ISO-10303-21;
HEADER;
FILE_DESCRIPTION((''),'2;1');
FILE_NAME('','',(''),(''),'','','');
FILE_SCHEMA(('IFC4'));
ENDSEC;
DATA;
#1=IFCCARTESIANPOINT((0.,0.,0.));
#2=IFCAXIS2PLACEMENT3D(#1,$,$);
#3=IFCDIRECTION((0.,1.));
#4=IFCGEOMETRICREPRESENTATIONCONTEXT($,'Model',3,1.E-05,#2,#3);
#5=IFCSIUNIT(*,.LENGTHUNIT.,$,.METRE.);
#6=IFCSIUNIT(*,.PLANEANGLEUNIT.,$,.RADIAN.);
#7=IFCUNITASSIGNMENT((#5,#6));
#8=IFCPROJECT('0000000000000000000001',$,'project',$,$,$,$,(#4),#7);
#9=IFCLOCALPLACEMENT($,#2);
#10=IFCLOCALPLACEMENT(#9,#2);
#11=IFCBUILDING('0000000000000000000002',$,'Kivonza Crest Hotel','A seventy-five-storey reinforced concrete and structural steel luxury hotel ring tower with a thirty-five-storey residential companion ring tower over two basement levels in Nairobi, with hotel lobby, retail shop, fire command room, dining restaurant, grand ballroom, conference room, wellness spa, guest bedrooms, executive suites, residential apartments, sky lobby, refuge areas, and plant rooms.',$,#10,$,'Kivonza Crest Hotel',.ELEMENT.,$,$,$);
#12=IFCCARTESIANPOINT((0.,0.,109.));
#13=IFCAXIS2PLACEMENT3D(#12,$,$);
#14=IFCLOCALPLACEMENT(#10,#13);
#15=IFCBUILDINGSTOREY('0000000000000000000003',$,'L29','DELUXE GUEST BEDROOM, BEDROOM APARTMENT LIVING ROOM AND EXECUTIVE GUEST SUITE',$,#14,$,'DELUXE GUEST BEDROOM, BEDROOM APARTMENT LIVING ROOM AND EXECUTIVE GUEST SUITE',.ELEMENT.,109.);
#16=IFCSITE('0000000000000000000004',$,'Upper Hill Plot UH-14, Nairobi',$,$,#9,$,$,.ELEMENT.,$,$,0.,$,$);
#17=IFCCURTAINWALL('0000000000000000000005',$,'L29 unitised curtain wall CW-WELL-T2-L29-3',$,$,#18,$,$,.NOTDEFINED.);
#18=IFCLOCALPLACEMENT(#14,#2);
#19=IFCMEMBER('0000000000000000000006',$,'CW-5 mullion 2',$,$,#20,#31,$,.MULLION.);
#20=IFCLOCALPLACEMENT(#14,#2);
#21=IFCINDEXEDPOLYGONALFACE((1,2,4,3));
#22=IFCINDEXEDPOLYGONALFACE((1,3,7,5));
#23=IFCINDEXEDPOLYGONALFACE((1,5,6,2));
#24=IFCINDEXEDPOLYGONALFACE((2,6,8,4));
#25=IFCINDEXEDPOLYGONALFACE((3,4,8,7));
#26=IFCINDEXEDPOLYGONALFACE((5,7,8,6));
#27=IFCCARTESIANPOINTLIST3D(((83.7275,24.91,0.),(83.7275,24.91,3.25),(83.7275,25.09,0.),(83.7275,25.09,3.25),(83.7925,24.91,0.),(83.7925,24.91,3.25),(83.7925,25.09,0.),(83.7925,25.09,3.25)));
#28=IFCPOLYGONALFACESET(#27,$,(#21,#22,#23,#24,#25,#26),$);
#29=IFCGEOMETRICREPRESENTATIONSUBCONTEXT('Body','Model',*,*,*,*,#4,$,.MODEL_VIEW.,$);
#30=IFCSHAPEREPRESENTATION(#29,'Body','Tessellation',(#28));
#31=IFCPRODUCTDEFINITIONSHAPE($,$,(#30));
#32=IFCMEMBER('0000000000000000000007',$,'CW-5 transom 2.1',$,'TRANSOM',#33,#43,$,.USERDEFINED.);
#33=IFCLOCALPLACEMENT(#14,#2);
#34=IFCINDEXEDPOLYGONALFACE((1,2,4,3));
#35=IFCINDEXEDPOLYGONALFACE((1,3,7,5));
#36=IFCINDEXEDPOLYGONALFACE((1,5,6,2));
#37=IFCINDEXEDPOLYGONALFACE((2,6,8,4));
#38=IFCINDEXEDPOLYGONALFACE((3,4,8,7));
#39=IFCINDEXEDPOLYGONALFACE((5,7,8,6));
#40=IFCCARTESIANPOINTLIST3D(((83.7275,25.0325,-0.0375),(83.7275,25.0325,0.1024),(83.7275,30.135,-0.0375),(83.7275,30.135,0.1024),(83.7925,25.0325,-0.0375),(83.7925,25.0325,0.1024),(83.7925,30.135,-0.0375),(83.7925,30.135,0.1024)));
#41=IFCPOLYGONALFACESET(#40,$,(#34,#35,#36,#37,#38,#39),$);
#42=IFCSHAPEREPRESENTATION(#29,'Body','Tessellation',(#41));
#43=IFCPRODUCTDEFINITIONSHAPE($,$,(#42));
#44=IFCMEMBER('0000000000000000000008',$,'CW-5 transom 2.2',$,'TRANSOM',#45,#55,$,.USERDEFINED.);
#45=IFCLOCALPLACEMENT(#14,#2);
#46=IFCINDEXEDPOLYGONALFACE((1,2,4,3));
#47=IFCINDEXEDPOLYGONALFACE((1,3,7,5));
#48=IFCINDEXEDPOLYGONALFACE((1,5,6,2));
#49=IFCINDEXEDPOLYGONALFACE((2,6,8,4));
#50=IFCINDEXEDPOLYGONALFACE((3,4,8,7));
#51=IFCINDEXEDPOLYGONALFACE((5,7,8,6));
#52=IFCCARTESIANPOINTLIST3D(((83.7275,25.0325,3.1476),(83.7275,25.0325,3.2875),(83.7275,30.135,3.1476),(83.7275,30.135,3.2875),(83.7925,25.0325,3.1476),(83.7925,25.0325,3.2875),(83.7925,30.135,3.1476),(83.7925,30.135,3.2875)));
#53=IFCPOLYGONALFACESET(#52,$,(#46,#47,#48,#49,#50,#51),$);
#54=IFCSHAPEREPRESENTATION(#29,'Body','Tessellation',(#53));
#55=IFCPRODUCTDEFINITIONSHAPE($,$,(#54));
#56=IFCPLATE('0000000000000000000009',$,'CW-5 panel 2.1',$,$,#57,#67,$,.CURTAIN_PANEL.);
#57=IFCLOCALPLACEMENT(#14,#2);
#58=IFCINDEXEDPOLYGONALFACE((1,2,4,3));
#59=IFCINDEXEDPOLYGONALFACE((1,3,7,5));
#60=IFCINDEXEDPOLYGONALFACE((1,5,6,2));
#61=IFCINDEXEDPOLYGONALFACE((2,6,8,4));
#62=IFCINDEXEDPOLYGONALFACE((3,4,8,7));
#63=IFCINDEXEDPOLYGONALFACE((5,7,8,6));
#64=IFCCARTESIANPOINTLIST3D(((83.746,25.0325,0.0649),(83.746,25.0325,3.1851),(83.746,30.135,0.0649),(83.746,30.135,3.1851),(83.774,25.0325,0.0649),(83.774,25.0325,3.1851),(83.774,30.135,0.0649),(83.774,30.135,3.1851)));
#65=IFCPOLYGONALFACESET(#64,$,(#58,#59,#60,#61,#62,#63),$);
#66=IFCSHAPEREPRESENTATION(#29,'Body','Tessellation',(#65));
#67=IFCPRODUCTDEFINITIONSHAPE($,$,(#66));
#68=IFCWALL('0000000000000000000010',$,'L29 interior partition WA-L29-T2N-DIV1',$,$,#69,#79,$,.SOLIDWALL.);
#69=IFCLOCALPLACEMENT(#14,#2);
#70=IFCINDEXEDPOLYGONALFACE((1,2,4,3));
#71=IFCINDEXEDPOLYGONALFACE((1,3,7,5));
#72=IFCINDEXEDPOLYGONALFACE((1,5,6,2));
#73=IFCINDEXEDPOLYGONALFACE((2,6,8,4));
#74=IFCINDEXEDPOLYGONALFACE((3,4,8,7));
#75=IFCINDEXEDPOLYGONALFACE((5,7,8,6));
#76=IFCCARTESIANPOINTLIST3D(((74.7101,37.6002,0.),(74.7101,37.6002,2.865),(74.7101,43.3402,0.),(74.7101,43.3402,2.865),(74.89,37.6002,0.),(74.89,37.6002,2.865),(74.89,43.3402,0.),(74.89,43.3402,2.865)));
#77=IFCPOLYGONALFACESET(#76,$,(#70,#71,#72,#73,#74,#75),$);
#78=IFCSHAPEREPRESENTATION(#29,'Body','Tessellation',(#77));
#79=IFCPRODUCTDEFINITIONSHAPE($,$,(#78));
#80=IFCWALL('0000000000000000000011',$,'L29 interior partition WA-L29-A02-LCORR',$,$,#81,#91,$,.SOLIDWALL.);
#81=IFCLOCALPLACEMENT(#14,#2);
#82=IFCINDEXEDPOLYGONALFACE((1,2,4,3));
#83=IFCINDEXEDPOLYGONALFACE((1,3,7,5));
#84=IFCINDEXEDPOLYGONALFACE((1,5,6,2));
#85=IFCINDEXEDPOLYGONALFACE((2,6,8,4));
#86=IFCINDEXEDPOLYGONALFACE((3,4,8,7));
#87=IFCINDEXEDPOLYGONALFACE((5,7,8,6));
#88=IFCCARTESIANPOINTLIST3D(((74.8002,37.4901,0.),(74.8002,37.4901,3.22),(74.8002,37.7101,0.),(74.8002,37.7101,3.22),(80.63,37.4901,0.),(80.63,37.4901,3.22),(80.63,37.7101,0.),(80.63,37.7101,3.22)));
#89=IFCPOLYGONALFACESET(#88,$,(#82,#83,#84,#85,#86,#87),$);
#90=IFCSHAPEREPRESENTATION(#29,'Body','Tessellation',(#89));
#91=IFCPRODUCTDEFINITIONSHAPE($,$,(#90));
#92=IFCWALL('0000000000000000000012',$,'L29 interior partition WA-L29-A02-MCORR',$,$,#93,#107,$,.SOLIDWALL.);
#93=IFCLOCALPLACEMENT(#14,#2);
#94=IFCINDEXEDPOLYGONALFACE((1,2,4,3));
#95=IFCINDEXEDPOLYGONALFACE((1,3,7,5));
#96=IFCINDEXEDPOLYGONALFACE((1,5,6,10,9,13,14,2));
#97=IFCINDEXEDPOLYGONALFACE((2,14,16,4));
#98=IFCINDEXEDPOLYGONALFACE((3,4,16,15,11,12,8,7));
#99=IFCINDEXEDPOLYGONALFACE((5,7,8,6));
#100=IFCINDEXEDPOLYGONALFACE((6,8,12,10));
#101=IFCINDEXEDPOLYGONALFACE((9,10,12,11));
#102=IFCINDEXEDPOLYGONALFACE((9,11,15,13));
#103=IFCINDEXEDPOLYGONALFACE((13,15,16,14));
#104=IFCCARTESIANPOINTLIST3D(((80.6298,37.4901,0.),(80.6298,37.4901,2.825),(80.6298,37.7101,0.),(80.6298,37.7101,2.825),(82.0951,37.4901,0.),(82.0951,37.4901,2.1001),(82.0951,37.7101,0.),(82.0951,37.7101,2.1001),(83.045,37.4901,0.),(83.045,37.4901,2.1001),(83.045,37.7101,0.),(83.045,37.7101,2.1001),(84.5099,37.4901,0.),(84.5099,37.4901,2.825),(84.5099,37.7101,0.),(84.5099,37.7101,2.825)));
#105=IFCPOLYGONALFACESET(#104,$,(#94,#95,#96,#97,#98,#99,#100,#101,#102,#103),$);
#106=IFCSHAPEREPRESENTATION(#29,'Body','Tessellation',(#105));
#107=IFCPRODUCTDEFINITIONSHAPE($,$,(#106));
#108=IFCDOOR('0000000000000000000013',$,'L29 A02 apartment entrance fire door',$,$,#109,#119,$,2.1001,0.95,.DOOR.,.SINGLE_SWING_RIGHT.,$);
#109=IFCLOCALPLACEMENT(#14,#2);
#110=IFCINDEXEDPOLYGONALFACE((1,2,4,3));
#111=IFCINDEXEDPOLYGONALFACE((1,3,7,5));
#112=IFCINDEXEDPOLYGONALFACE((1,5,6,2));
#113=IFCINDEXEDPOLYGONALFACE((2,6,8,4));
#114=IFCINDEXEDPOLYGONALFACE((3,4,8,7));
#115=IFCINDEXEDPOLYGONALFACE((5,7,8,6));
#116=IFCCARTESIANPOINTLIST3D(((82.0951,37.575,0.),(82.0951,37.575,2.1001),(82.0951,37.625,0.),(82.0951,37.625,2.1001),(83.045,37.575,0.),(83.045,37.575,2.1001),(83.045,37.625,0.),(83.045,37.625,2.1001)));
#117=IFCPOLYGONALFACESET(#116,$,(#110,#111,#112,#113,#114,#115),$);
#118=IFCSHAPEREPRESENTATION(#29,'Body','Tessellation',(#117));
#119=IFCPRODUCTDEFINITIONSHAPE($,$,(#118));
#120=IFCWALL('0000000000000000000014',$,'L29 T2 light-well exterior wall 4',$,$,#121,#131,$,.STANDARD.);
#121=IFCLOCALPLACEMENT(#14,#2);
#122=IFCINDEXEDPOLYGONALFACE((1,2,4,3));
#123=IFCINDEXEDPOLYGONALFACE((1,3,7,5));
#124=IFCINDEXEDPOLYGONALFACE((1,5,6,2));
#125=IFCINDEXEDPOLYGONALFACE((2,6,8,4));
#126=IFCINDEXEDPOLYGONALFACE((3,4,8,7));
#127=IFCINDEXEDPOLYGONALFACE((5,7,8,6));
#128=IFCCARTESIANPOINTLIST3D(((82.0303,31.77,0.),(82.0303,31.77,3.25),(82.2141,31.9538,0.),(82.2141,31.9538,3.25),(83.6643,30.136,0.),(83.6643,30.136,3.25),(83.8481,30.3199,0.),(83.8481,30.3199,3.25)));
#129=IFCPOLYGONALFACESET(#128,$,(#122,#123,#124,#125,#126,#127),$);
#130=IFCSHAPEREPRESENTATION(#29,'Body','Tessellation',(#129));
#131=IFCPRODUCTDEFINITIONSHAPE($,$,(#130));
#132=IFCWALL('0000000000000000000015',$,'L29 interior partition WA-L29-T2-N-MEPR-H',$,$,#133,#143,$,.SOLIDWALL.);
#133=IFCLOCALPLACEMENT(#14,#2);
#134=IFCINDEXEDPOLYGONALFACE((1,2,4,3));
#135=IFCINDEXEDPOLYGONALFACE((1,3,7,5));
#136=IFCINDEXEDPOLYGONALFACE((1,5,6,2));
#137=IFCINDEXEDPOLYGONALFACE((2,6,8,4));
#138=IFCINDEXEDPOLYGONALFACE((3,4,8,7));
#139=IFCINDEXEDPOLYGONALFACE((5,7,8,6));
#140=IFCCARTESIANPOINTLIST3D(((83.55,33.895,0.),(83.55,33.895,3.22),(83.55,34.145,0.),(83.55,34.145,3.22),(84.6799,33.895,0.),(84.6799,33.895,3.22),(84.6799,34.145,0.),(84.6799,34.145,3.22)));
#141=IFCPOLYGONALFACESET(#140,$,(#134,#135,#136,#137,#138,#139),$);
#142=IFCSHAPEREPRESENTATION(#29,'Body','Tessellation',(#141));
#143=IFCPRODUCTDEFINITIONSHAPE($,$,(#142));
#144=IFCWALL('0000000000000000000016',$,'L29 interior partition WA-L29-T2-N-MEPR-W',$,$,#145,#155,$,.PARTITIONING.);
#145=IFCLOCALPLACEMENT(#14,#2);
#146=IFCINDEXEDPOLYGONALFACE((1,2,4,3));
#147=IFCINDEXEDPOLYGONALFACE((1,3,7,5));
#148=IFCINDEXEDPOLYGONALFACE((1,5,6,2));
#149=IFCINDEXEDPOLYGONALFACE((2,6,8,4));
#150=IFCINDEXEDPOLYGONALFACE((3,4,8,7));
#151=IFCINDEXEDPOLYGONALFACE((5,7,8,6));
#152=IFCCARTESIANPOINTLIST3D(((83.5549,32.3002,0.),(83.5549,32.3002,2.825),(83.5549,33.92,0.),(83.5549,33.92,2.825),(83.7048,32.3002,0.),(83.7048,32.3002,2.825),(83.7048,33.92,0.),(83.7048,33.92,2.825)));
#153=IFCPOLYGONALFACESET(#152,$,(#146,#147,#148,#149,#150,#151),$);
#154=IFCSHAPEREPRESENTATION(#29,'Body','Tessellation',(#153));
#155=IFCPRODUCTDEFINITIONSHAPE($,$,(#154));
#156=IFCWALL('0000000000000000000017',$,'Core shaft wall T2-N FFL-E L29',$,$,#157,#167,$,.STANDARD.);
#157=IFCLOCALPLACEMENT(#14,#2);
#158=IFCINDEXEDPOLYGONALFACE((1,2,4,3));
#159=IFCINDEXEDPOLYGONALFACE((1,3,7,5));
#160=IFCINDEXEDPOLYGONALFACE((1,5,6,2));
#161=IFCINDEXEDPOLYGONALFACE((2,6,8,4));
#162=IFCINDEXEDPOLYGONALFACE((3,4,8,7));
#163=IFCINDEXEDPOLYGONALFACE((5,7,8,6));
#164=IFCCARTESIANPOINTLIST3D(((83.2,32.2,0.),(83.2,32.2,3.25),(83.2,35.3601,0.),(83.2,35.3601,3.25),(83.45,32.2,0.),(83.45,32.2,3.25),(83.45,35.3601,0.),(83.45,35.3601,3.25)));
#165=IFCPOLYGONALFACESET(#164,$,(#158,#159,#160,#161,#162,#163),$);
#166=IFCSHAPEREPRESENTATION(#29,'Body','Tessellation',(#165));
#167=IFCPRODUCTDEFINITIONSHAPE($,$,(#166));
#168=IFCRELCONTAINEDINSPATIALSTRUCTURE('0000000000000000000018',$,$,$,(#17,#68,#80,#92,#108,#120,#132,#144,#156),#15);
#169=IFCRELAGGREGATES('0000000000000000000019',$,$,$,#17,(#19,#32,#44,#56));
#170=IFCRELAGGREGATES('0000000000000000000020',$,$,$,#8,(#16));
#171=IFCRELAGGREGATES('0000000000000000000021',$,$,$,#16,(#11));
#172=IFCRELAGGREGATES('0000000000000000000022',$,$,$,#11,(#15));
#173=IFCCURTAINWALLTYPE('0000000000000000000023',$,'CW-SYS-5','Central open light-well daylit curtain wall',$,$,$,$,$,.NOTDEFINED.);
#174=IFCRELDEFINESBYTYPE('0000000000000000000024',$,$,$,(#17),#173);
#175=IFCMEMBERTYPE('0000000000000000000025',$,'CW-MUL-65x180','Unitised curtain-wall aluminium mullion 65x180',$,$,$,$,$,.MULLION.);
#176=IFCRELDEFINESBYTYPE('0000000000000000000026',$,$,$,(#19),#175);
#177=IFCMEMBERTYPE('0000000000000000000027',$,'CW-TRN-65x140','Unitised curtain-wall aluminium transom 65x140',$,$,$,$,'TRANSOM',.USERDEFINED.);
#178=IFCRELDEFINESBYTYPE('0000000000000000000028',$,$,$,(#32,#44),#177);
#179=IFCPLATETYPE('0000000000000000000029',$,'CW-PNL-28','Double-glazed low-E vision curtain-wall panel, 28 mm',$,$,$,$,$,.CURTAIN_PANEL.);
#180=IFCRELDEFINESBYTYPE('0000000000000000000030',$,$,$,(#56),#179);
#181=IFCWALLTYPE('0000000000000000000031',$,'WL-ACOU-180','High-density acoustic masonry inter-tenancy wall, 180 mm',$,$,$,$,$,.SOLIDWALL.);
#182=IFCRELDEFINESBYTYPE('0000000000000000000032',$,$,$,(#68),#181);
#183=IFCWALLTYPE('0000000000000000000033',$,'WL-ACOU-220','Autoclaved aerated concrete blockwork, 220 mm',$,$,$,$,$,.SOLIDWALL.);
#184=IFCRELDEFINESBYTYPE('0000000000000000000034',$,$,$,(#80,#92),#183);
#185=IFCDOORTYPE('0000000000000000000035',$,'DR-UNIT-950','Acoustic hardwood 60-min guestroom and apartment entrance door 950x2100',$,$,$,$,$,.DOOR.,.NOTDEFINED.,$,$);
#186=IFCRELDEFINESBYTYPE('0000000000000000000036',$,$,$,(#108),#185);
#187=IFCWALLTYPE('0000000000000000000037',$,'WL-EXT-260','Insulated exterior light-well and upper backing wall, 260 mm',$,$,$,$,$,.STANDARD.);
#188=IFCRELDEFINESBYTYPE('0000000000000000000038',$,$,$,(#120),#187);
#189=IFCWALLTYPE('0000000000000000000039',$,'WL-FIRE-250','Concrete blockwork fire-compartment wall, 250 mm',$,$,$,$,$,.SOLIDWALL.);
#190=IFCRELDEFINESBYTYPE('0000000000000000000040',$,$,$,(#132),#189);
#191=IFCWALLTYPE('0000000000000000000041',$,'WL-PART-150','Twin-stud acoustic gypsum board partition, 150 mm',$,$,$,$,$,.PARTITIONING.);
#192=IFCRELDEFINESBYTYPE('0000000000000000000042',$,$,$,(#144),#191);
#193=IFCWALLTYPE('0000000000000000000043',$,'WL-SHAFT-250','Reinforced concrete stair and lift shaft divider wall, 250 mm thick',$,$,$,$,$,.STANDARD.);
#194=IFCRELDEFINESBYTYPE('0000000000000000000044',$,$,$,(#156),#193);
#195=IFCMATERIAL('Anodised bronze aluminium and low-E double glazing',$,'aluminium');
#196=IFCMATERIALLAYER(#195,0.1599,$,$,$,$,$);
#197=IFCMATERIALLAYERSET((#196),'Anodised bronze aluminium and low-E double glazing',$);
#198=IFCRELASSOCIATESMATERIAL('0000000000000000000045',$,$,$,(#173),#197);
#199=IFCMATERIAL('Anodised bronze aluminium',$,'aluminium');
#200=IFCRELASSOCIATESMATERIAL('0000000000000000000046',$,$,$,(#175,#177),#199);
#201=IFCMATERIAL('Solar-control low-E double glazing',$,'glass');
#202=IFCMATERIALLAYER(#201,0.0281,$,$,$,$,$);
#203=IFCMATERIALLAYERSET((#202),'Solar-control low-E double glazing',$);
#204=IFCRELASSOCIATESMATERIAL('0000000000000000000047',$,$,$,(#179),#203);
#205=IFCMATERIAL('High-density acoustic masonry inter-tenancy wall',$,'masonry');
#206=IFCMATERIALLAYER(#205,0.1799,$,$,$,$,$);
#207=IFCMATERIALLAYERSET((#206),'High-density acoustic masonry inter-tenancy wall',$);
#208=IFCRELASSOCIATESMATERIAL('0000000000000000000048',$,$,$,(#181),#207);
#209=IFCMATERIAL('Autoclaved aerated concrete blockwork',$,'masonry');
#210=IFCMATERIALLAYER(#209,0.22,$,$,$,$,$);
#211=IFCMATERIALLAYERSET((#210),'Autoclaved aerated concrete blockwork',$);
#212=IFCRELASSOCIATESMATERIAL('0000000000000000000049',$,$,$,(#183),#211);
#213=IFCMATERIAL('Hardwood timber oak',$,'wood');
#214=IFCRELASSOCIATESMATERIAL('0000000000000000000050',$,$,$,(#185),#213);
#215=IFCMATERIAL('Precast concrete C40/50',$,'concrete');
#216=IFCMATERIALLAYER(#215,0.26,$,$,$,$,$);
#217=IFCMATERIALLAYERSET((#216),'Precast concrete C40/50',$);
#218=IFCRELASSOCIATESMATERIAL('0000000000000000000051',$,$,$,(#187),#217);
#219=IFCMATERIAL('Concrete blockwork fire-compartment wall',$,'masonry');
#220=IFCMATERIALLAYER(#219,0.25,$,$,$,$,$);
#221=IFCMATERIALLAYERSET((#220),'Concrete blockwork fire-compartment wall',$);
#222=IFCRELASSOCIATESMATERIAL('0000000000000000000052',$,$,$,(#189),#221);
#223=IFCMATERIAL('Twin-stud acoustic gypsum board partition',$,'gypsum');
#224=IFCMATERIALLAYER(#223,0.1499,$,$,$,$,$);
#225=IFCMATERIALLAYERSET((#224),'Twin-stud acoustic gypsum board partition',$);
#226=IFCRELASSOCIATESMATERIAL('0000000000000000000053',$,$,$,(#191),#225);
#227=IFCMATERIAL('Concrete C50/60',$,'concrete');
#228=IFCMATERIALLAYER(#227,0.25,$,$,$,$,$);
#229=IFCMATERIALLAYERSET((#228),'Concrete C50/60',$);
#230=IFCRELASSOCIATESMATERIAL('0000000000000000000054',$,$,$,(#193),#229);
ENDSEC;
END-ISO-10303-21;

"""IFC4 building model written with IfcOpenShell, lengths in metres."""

from ifc_helpers import new_model, si_unit, direction, frame, frame_2d, origin, origin_2d, place, context, subcontext, project, spatial, rectangle, extrude, material, layer, layer_set, material_profile, profile_set, type_object, element, fill, aggregate, save


model = new_model("IFC4")

# Units and contexts
model_context = context("Model", 3, precision=1e-05, world=origin(), true_north=direction((0.0, 1.0)))
body_context = subcontext(model_context, "Body", "Model", "MODEL_VIEW")
ifc_project = project(units=[si_unit("LENGTHUNIT", "METRE"), si_unit("PLANEANGLEUNIT", "RADIAN")], contexts=[model_context])

# Site, building, storey
site_placement = place(None, origin())
site = spatial("IfcSite", under=ifc_project, at=site_placement, Name="Upper Hill Plot UH-14, Nairobi", CompositionType="ELEMENT", RefElevation=0.0)
building_placement = place(site_placement, origin())
building = spatial("IfcBuilding", under=site, at=building_placement, Name="Kivonza Crest Hotel", Description="A seventy-five-storey reinforced concrete and structural steel luxury hotel ring tower with a thirty-five-storey residential companion ring tower over two basement levels in Nairobi, with hotel lobby, retail shop, fire command room, dining restaurant, grand ballroom, conference room, wellness spa, guest bedrooms, executive suites, residential apartments, sky lobby, refuge areas, and plant rooms.", LongName="Kivonza Crest Hotel", CompositionType="ELEMENT")
storey_placement = place(building_placement, frame((0.0, 0.0, 109.0)))
storey = spatial("IfcBuildingStorey", under=building, at=storey_placement, Name="L29", Description="DELUXE GUEST BEDROOM, BEDROOM APARTMENT LIVING ROOM AND EXECUTIVE GUEST SUITE", LongName="DELUXE GUEST BEDROOM, BEDROOM APARTMENT LIVING ROOM AND EXECUTIVE GUEST SUITE", CompositionType="ELEMENT", Elevation=109.0)

# Curtain wall, members, plate
ifc_material_1 = material(Name="Anodised bronze aluminium and low-E double glazing", Category="aluminium")
ifc_layer_1 = layer(ifc_material_1, 0.1599)
ifc_layer_set_1 = layer_set([ifc_layer_1], Name="Anodised bronze aluminium and low-E double glazing")
curtain_wall_type = type_object("IfcCurtainWallType", Name="CW-SYS-5", Description="Central open light-well daylit curtain wall", PredefinedType="NOTDEFINED", material=ifc_layer_set_1)
curtain_wall_placement = place(storey_placement, origin())
curtain_wall = element("IfcCurtainWall", 1, at=curtain_wall_placement, inside=storey, type_object=curtain_wall_type, Name="L29 unitised curtain wall CW-WELL-T2-L29-3", PredefinedType="NOTDEFINED")
ifc_material_2 = material(Name="Anodised bronze aluminium", Category="aluminium")
ifc_material_profile_1 = material_profile(ifc_material_2, rectangle(XDim=0.0649, YDim=0.1799, at=origin_2d()), Name="CW-M 65x180")
ifc_profile_set_1 = profile_set([ifc_material_profile_1], Name="Anodised bronze aluminium")
member_type_1 = type_object("IfcMemberType", Name="CW-MUL-65x180", Description="Unitised curtain-wall aluminium mullion 65x180", PredefinedType="MULLION", material=ifc_profile_set_1)
member_1_placement = place(storey_placement, frame((83.76, 25.0, 0.0), z_axis=(0.0, 0.0, 1.0), x_axis=(-1.0, 0.0, 0.0)))
member_1 = element("IfcMember", 2, at=member_1_placement, type_object=member_type_1, Name="CW-5 mullion 2", PredefinedType="MULLION", context=body_context, shape_type="SweptSolid", body=[
    extrude(rectangle(XDim=0.0649, YDim=0.1799, at=origin_2d()), origin(), (0.0, 0.0, 1.0), 3.25),
])
ifc_material_profile_2 = material_profile(ifc_material_2, rectangle(XDim=0.0649, YDim=0.1399, at=origin_2d()), Name="CW-T 65x140")
ifc_profile_set_2 = profile_set([ifc_material_profile_2], Name="Anodised bronze aluminium")
member_type_2 = type_object("IfcMemberType", Name="CW-TRN-65x140", Description="Unitised curtain-wall aluminium transom 65x140", ElementType="TRANSOM", PredefinedType="USERDEFINED", material=ifc_profile_set_2)
member_2_placement = place(storey_placement, frame((83.76, 25.0325, 0.0325), z_axis=(0.0, 1.0, 0.0), x_axis=(-1.0, 0.0, 0.0)))
member_2 = element("IfcMember", 3, at=member_2_placement, type_object=member_type_2, Name="CW-5 transom 2.1", ObjectType="TRANSOM", PredefinedType="USERDEFINED", context=body_context, shape_type="SweptSolid", body=[
    extrude(rectangle(XDim=0.0649, YDim=0.1399, at=origin_2d()), origin(), (0.0, 0.0, 1.0), 5.1025),
])
member_3_placement = place(storey_placement, frame((83.76, 25.0325, 3.2175), z_axis=(0.0, 1.0, 0.0), x_axis=(-1.0, 0.0, 0.0)))
member_3 = element("IfcMember", 4, at=member_3_placement, type_object=member_type_2, Name="CW-5 transom 2.2", ObjectType="TRANSOM", PredefinedType="USERDEFINED", context=body_context, shape_type="SweptSolid", body=[
    extrude(rectangle(XDim=0.0649, YDim=0.1399, at=origin_2d()), origin(), (0.0, 0.0, 1.0), 5.1025),
])
ifc_material_3 = material(Name="Solar-control low-E double glazing", Category="glass")
ifc_layer_2 = layer(ifc_material_3, 0.0281)
ifc_layer_set_2 = layer_set([ifc_layer_2], Name="Solar-control low-E double glazing")
plate_type = type_object("IfcPlateType", Name="CW-PNL-28", Description="Double-glazed low-E vision curtain-wall panel, 28 mm", PredefinedType="CURTAIN_PANEL", material=ifc_layer_set_2)
plate_placement = place(storey_placement, frame((83.76, 27.5837, 0.0649), z_axis=(0.0, 0.0, 1.0), x_axis=(0.0, 1.0, 0.0)))
plate = element("IfcPlate", 5, at=plate_placement, type_object=plate_type, Name="CW-5 panel 2.1", PredefinedType="CURTAIN_PANEL", context=body_context, shape_type="SweptSolid", body=[
    extrude(rectangle(XDim=5.1025, YDim=0.0281, at=origin_2d()), origin(), (0.0, 0.0, 1.0), 3.1201),
])
aggregate(curtain_wall, [member_1, member_2, member_3, plate])

# Walls
ifc_material_4 = material(Name="High-density acoustic masonry inter-tenancy wall", Category="masonry")
ifc_layer_3 = layer(ifc_material_4, 0.1799)
ifc_layer_set_3 = layer_set([ifc_layer_3], Name="High-density acoustic masonry inter-tenancy wall")
wall_type_1 = type_object("IfcWallType", Name="WL-ACOU-180", Description="High-density acoustic masonry inter-tenancy wall, 180 mm", PredefinedType="SOLIDWALL", material=ifc_layer_set_3)
wall_1_placement = place(storey_placement, frame((74.8, 37.6001, 0.0), z_axis=(0.0, 0.0, 1.0), x_axis=(0.0, 1.0, 0.0)))
element("IfcWall", 6, at=wall_1_placement, inside=storey, type_object=wall_type_1, Name="L29 interior partition WA-L29-T2N-DIV1", PredefinedType="SOLIDWALL", context=body_context, shape_type="SweptSolid", body=[
    extrude(rectangle(XDim=5.74, YDim=0.1799, at=frame_2d((2.8701, 0.0))), origin(), (0.0, 0.0, 1.0), 2.865),
])
ifc_material_5 = material(Name="Autoclaved aerated concrete blockwork", Category="masonry")
ifc_layer_4 = layer(ifc_material_5, 0.22)
ifc_layer_set_4 = layer_set([ifc_layer_4], Name="Autoclaved aerated concrete blockwork")
wall_type_2 = type_object("IfcWallType", Name="WL-ACOU-220", Description="Autoclaved aerated concrete blockwork, 220 mm", PredefinedType="SOLIDWALL", material=ifc_layer_set_4)
wall_2_placement = place(storey_placement, frame((74.8, 37.6001, 0.0), z_axis=(0.0, 0.0, 1.0), x_axis=(1.0, 0.0, 0.0)))
element("IfcWall", 7, at=wall_2_placement, inside=storey, type_object=wall_type_2, Name="L29 interior partition WA-L29-A02-LCORR", PredefinedType="SOLIDWALL", context=body_context, shape_type="SweptSolid", body=[
    extrude(rectangle(XDim=5.8298, YDim=0.22, at=frame_2d((2.915, 0.0))), origin(), (0.0, 0.0, 1.0), 3.22),
])

# Wall, opening, door
wall_3_placement = place(storey_placement, frame((80.6299, 37.6001, 0.0), z_axis=(0.0, 0.0, 1.0), x_axis=(1.0, 0.0, 0.0)))
wall_3 = element("IfcWall", 8, at=wall_3_placement, inside=storey, type_object=wall_type_2, Name="L29 interior partition WA-L29-A02-MCORR", PredefinedType="SOLIDWALL", context=body_context, shape_type="SweptSolid", body=[
    extrude(rectangle(XDim=3.8801, YDim=0.22, at=frame_2d((1.9399, 0.0))), origin(), (0.0, 0.0, 1.0), 2.825),
])
opening_1_placement = place(wall_3_placement, frame((1.4651, 0.0, 0.0)))
opening_1 = element("IfcOpeningElement", 9, at=opening_1_placement, cuts=wall_3, PredefinedType="OPENING", context=body_context, shape_type="SweptSolid", body=[
    extrude(rectangle(XDim=0.95, YDim=2.1001, at=frame_2d((0.4751, 1.05))), frame((0.0, 0.1201, 0.0), z_axis=(0.0, -1.0, 0.0), x_axis=(1.0, 0.0, 0.0)), (0.0, 0.0, 1.0), 0.24),
])
ifc_material_6 = material(Name="Hardwood timber oak", Category="wood")
door_type_1 = type_object("IfcDoorType", Name="DR-UNIT-950", Description="Acoustic hardwood 60-min guestroom and apartment entrance door 950x2100", OperationType="NOTDEFINED", PredefinedType="DOOR", material=ifc_material_6)
door_1_placement = place(opening_1_placement, origin())
door_1 = element("IfcDoor", 10, at=door_1_placement, inside=storey, type_object=door_type_1, Name="L29 A02 apartment entrance fire door", OperationType="SINGLE_SWING_RIGHT", OverallHeight=2.1001, OverallWidth=0.95, PredefinedType="DOOR", context=body_context, shape_type="SweptSolid", body=[
    extrude(rectangle(XDim=0.95, YDim=2.1001, at=frame_2d((0.4751, 1.05))), frame((0.0, 0.0249, 0.0), z_axis=(0.0, -1.0, 0.0), x_axis=(1.0, 0.0, 0.0)), (0.0, 0.0, 1.0), 0.05),
])
fill(opening_1, door_1)

# Walls
ifc_material_7 = material(Name="Precast concrete C40/50", Category="concrete")
ifc_layer_5 = layer(ifc_material_7, 0.26)
ifc_layer_set_5 = layer_set([ifc_layer_5], Name="Precast concrete C40/50")
wall_type_3 = type_object("IfcWallType", Name="WL-EXT-260", Description="Insulated exterior light-well and upper backing wall, 260 mm", PredefinedType="STANDARD", material=ifc_layer_set_5)
wall_4_placement = place(storey_placement, frame((83.7561, 30.228, 0.0), z_axis=(0.0, 0.0, 1.0), x_axis=(-0.707107, 0.707107, 0.0)))
element("IfcWall", 11, at=wall_4_placement, inside=storey, type_object=wall_type_3, Name="L29 T2 light-well exterior wall 4", PredefinedType="STANDARD", context=body_context, shape_type="SweptSolid", body=[
    extrude(rectangle(XDim=2.3108, YDim=0.26, at=frame_2d((1.1553, 0.0))), origin(), (0.0, 0.0, 1.0), 3.25),
])
ifc_material_8 = material(Name="Concrete blockwork fire-compartment wall", Category="masonry")
ifc_layer_6 = layer(ifc_material_8, 0.25)
ifc_layer_set_6 = layer_set([ifc_layer_6], Name="Concrete blockwork fire-compartment wall")
wall_type_4 = type_object("IfcWallType", Name="WL-FIRE-250", Description="Concrete blockwork fire-compartment wall, 250 mm", PredefinedType="SOLIDWALL", material=ifc_layer_set_6)
wall_5_placement = place(storey_placement, frame((83.55, 34.02, 0.0), z_axis=(0.0, 0.0, 1.0), x_axis=(1.0, 0.0, 0.0)))
element("IfcWall", 12, at=wall_5_placement, inside=storey, type_object=wall_type_4, Name="L29 interior partition WA-L29-T2-N-MEPR-H", PredefinedType="SOLIDWALL", context=body_context, shape_type="SweptSolid", body=[
    extrude(rectangle(XDim=1.1299, YDim=0.25, at=frame_2d((0.5649, 0.0))), origin(), (0.0, 0.0, 1.0), 3.22),
])
ifc_material_9 = material(Name="Twin-stud acoustic gypsum board partition", Category="gypsum")
ifc_layer_7 = layer(ifc_material_9, 0.1499)
ifc_layer_set_7 = layer_set([ifc_layer_7], Name="Twin-stud acoustic gypsum board partition")
wall_type_5 = type_object("IfcWallType", Name="WL-PART-150", Description="Twin-stud acoustic gypsum board partition, 150 mm", PredefinedType="PARTITIONING", material=ifc_layer_set_7)
wall_6_placement = place(storey_placement, frame((83.6299, 32.3, 0.0), z_axis=(0.0, 0.0, 1.0), x_axis=(0.0, 1.0, 0.0)))
element("IfcWall", 13, at=wall_6_placement, inside=storey, type_object=wall_type_5, Name="L29 interior partition WA-L29-T2-N-MEPR-W", PredefinedType="PARTITIONING", context=body_context, shape_type="SweptSolid", body=[
    extrude(rectangle(XDim=1.6199, YDim=0.1499, at=frame_2d((0.8101, 0.0))), origin(), (0.0, 0.0, 1.0), 2.825),
])

# Shared definitions
ifc_material_10 = material(Name="Concrete C50/60", Category="concrete")
ifc_layer_8 = layer(ifc_material_10, 0.25)
ifc_layer_set_8 = layer_set([ifc_layer_8], Name="Concrete C50/60")
wall_type_6 = type_object("IfcWallType", Name="WL-SHAFT-250", Description="Reinforced concrete stair and lift shaft divider wall, 250 mm thick", PredefinedType="STANDARD", material=ifc_layer_set_8)

# Wall
wall_7_placement = place(storey_placement, frame((83.325, 32.2, 0.0), z_axis=(0.0, 0.0, 1.0), x_axis=(0.0, 1.0, 0.0)))
element("IfcWall", 14, at=wall_7_placement, inside=storey, type_object=wall_type_6, Name="Core shaft wall T2-N FFL-E L29", PredefinedType="STANDARD", context=body_context, shape_type="SweptSolid", body=[
    extrude(rectangle(XDim=3.1602, YDim=0.25, at=frame_2d((1.5801, 0.0))), origin(), (0.0, 0.0, 1.0), 3.25),
])

save(model, "model.ifc")
